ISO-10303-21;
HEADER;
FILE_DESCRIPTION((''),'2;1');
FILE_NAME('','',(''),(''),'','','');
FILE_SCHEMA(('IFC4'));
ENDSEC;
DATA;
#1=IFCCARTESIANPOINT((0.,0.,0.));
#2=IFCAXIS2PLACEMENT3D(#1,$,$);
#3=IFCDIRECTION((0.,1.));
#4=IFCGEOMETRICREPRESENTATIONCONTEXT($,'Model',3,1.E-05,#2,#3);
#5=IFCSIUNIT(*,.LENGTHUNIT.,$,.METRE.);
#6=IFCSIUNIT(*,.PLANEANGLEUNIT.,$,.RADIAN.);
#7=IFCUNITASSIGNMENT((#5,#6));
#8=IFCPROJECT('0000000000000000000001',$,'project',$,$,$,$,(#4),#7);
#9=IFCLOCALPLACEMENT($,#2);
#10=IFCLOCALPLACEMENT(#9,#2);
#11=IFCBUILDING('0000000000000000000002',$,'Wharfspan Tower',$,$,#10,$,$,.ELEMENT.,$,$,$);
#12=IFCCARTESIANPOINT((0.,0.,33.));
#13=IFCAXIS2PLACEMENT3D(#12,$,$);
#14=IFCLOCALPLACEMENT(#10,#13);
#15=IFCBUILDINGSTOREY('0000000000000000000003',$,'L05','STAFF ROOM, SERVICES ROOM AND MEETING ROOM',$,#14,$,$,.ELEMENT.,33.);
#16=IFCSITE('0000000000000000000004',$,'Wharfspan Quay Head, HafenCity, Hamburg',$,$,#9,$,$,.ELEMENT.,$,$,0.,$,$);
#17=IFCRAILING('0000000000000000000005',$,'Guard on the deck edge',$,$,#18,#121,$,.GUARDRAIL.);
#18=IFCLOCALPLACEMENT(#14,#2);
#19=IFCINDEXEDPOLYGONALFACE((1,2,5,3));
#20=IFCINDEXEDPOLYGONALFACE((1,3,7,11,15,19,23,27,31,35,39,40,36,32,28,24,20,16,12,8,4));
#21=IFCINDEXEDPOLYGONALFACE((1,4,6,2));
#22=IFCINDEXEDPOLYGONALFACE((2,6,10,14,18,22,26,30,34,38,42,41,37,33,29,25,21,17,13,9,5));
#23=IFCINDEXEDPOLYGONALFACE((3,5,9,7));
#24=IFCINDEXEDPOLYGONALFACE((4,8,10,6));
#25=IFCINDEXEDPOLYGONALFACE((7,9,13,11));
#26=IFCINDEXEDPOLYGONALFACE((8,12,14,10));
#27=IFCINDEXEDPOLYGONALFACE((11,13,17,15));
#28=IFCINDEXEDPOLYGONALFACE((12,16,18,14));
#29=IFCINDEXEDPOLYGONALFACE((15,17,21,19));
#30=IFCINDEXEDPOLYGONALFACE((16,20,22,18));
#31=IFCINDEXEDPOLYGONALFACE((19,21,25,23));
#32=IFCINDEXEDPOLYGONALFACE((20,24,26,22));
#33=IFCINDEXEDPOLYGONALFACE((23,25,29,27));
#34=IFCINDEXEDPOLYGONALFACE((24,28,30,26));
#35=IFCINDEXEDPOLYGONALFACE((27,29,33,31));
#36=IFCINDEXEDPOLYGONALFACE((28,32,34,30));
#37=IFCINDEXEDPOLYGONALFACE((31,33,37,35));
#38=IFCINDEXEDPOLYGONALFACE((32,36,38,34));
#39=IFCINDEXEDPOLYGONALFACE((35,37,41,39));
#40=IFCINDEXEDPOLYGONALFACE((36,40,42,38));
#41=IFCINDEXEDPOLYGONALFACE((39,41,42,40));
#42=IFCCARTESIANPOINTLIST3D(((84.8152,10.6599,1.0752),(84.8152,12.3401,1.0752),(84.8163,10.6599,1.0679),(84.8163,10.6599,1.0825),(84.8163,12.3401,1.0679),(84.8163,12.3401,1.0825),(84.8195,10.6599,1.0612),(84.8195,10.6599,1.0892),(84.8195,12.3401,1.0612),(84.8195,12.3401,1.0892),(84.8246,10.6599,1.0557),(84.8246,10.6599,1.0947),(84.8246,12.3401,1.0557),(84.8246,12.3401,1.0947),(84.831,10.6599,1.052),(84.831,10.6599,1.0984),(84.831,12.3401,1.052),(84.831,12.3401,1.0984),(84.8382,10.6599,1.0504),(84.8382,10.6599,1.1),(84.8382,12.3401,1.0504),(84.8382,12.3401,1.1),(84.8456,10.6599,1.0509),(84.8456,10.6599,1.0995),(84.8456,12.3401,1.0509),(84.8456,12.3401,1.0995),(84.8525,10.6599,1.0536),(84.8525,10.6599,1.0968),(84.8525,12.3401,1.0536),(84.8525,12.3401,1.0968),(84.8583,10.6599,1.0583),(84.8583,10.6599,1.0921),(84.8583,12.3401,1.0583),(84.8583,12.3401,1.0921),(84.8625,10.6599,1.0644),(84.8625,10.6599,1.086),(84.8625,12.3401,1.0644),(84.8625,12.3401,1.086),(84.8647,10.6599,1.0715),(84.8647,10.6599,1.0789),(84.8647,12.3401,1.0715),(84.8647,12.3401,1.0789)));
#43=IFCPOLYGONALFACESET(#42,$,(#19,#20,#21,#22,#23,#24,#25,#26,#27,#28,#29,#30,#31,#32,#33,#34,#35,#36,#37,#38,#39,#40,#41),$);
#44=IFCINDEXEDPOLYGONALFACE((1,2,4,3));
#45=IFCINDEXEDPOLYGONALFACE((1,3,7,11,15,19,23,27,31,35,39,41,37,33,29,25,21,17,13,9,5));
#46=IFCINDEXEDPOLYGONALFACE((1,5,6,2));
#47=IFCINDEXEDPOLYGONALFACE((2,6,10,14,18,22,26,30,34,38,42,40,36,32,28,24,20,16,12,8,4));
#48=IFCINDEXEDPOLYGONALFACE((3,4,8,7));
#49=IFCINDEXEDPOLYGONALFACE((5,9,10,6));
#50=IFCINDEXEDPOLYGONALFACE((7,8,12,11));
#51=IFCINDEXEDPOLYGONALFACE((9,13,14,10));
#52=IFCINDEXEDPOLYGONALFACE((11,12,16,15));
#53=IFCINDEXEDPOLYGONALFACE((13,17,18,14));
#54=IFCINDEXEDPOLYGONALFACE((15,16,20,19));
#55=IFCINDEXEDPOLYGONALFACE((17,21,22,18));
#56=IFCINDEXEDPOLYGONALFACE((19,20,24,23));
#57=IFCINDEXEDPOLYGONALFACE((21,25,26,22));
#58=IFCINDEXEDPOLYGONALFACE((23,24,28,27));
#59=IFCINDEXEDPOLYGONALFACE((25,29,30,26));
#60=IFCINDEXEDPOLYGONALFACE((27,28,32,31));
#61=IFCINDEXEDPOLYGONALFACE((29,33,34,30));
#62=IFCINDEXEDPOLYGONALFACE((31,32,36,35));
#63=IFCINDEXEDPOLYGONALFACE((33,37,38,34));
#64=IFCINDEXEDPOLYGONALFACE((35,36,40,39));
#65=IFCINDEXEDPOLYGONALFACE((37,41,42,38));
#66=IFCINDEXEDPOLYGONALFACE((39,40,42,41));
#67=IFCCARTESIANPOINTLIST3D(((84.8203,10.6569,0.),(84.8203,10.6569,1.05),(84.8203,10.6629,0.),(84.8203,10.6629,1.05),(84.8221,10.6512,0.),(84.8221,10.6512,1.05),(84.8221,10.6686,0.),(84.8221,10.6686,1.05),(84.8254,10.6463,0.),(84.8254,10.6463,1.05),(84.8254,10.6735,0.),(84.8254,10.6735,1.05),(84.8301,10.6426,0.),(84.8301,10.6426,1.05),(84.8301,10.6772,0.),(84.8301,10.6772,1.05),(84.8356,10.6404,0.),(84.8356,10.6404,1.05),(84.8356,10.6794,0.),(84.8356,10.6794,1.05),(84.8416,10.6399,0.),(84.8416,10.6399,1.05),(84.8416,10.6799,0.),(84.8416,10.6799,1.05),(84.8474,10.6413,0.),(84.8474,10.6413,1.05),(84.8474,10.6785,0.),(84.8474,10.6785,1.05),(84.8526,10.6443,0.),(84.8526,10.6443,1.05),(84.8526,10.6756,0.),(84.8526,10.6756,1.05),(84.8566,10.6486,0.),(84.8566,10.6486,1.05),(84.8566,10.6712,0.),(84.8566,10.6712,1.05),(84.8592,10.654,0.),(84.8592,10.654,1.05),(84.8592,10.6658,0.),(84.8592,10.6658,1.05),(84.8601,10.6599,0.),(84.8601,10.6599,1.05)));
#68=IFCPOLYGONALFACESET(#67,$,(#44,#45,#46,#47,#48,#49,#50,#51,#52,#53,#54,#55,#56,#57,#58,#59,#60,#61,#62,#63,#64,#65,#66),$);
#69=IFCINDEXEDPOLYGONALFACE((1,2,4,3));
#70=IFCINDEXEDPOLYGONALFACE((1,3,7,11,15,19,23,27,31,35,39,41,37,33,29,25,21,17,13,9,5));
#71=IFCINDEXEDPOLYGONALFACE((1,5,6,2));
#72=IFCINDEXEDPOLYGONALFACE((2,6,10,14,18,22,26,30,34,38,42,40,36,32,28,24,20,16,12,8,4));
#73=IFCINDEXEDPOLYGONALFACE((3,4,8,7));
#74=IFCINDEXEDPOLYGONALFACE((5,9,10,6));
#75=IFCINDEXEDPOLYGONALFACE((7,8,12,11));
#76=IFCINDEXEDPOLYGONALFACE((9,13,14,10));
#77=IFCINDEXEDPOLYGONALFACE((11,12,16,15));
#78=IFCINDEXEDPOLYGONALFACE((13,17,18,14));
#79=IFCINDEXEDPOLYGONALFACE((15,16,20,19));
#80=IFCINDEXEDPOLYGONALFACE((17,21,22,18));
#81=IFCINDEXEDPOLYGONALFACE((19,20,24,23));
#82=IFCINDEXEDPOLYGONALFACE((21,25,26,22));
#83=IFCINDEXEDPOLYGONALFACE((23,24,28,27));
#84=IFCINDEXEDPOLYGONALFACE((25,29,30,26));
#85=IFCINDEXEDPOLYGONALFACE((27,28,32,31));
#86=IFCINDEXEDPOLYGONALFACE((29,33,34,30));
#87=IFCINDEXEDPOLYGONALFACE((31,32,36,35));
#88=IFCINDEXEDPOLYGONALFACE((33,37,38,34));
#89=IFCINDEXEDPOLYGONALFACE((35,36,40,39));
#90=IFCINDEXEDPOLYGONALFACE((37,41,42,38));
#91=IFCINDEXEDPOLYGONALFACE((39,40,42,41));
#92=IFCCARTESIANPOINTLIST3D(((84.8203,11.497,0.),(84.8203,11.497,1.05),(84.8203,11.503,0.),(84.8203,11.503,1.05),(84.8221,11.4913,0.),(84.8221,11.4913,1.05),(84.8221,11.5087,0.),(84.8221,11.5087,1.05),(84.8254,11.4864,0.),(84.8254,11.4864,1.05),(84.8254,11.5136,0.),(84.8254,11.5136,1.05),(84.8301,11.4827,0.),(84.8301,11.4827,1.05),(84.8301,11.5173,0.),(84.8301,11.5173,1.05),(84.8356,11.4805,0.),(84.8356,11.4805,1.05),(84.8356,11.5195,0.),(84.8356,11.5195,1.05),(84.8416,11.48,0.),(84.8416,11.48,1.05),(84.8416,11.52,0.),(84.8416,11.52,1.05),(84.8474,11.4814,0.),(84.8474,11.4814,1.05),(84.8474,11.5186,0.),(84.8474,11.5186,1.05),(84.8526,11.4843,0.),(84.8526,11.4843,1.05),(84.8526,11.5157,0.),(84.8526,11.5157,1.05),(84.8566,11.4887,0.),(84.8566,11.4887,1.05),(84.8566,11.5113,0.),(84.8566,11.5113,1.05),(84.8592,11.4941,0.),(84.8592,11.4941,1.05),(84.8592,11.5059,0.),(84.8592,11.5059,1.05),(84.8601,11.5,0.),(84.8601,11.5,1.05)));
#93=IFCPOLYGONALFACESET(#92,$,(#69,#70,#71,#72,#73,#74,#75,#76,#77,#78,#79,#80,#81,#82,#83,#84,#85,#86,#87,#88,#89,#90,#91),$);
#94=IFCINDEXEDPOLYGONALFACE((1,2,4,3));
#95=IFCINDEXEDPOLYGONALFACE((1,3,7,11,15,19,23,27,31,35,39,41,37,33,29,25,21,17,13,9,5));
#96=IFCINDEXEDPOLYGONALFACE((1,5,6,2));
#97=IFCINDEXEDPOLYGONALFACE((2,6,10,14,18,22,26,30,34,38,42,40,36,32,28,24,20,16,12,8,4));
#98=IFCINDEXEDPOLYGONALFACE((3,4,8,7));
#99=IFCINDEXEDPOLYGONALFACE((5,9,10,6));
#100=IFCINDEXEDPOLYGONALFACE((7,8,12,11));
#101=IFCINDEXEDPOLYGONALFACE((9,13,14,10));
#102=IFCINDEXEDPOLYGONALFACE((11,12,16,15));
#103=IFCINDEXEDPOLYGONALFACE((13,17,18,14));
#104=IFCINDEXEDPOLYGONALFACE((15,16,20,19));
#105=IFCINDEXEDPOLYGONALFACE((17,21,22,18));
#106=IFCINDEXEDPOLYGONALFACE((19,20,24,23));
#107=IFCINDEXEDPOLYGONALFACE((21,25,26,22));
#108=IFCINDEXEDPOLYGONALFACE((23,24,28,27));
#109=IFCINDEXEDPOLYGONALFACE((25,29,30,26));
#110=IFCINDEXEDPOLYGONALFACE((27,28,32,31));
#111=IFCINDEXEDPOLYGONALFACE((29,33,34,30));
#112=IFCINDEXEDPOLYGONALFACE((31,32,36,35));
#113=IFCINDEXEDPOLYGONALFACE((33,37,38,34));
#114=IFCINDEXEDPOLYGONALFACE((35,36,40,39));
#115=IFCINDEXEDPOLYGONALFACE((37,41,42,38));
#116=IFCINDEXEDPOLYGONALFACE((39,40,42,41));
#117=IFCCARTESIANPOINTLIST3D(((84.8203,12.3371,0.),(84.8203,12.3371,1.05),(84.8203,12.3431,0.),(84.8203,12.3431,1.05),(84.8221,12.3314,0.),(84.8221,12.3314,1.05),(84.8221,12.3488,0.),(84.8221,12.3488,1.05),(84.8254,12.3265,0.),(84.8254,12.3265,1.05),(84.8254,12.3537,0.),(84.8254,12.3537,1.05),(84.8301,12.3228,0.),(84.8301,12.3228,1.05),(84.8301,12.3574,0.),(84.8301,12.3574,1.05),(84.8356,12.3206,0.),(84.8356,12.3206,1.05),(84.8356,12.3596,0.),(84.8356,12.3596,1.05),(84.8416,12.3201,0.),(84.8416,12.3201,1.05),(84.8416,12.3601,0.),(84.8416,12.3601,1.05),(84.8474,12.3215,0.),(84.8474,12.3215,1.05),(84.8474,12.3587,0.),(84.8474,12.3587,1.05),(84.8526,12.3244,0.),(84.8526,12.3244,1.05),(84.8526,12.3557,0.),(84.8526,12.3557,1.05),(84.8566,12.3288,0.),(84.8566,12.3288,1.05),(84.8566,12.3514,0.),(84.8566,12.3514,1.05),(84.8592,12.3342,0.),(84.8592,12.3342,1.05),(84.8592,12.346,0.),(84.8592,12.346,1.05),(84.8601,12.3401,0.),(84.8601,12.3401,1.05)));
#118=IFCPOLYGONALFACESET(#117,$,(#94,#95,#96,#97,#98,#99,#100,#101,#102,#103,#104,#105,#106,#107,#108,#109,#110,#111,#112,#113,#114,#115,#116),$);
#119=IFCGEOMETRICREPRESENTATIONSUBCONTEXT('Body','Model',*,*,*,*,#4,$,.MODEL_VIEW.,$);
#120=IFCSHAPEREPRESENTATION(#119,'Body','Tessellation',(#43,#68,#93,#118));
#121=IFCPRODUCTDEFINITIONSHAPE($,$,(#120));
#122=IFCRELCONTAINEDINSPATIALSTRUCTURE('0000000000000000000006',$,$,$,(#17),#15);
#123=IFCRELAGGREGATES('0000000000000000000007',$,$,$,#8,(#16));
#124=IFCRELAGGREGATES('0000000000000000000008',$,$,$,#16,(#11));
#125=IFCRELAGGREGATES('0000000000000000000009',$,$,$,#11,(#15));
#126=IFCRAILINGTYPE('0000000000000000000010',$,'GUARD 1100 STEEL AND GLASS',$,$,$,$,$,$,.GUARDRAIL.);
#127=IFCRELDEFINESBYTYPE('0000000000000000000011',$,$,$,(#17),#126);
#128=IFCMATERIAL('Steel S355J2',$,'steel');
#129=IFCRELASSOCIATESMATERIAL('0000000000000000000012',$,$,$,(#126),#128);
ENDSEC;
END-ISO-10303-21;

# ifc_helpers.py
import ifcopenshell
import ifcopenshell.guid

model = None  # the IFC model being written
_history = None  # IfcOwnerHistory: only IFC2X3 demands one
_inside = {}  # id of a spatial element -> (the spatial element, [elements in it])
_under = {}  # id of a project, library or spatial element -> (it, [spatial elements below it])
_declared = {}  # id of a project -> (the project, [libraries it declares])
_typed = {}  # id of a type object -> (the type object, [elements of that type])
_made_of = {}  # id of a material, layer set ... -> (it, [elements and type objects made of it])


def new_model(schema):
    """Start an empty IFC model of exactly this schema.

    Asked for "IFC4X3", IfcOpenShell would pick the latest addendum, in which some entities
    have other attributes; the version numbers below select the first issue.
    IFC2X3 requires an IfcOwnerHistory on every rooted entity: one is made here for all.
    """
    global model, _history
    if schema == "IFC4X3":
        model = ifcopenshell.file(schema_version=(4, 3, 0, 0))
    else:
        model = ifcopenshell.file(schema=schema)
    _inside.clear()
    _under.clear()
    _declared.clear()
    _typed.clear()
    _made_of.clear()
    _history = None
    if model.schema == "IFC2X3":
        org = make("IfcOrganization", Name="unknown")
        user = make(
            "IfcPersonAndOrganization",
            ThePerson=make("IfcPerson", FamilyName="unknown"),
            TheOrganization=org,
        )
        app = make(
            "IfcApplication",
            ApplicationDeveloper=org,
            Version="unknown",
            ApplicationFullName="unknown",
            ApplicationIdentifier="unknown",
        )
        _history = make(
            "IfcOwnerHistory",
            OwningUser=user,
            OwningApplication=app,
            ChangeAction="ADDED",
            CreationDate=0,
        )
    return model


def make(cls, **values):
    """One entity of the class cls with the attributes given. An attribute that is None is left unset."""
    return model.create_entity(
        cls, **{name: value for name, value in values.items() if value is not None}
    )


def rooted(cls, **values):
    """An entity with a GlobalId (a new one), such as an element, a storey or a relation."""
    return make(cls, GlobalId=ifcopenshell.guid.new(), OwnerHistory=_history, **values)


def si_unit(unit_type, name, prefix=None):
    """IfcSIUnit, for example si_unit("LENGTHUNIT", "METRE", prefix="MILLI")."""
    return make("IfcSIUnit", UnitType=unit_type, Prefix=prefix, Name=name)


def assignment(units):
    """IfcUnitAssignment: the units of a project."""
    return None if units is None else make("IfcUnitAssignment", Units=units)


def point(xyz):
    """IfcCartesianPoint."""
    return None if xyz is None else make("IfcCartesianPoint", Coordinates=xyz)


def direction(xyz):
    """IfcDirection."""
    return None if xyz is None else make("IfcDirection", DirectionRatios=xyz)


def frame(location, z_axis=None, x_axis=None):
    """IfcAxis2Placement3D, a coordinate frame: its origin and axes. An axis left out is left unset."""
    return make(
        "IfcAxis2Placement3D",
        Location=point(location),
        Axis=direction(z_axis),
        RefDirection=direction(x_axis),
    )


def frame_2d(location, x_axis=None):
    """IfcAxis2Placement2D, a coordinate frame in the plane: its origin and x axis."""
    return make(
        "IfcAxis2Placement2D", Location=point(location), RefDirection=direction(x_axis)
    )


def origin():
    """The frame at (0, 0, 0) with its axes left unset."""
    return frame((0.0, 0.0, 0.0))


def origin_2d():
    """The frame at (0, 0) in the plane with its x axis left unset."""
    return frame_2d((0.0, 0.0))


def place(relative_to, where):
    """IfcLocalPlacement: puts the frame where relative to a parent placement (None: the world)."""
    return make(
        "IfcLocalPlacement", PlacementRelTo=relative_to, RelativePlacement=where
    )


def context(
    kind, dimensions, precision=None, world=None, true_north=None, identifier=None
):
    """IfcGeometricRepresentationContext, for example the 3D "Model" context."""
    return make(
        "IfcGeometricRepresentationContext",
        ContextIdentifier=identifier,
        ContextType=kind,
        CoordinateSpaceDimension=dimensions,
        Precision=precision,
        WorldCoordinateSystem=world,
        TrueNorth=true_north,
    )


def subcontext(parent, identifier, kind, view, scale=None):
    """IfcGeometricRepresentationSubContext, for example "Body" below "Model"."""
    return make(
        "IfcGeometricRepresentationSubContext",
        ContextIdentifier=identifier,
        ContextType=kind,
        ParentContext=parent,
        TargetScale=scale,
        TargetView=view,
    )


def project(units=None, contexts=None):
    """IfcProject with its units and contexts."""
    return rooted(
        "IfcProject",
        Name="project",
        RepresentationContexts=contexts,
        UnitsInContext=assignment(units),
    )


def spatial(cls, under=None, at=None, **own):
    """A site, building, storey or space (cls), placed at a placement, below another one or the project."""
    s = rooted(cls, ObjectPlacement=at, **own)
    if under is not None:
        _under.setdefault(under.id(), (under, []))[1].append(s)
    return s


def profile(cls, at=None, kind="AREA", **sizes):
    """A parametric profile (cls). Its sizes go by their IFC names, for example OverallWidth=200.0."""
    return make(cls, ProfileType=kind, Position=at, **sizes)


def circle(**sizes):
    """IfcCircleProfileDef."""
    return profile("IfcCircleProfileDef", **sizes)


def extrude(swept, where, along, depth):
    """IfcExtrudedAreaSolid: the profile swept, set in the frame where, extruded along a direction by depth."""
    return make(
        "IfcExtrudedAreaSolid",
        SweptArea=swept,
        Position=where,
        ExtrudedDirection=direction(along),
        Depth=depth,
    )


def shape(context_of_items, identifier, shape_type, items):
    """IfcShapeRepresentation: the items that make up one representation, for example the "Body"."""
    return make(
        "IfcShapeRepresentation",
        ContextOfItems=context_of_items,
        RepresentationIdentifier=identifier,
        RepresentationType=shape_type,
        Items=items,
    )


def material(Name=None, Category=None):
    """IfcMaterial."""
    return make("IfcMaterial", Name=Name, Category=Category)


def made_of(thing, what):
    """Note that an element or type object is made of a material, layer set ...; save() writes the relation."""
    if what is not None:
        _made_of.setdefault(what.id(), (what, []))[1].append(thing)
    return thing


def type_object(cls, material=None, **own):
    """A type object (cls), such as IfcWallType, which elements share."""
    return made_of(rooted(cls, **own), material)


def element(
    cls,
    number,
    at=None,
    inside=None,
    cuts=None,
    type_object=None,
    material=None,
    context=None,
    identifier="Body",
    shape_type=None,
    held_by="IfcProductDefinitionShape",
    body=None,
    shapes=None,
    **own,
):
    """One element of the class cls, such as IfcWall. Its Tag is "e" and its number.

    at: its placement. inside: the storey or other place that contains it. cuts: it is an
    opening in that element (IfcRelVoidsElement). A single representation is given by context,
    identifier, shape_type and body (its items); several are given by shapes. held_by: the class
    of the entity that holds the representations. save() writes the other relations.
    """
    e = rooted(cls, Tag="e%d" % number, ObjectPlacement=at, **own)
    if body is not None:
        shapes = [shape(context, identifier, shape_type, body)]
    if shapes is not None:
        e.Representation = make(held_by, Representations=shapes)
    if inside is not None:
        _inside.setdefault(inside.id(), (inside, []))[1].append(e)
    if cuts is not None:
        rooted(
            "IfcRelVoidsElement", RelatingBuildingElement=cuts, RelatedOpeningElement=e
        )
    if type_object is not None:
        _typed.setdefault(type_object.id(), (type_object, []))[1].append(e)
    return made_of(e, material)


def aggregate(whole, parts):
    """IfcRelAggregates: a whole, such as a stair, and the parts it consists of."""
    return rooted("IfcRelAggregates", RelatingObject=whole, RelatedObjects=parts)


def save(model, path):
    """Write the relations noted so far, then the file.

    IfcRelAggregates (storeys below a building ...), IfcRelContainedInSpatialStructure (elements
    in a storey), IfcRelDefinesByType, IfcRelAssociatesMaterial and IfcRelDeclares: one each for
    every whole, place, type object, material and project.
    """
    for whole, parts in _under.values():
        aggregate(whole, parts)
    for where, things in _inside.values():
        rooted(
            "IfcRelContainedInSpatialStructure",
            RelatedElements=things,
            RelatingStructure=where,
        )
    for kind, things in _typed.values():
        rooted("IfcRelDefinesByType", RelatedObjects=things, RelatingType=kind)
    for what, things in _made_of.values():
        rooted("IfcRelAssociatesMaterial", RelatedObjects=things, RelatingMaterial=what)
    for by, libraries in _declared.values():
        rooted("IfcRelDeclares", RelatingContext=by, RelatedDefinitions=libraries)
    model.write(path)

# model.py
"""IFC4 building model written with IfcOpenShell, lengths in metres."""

from ifc_helpers import new_model, si_unit, direction, frame, origin, origin_2d, place, context, subcontext, project, spatial, circle, extrude, material, type_object, element, save


model = new_model("IFC4")

# Units and contexts
model_context = context("Model", 3, precision=1e-05, world=origin(), true_north=direction((0.0, 1.0)))
body_context = subcontext(model_context, "Body", "Model", "MODEL_VIEW")
ifc_project = project(units=[si_unit("LENGTHUNIT", "METRE"), si_unit("PLANEANGLEUNIT", "RADIAN")], contexts=[model_context])

# Site, building, storey
site_placement = place(None, origin())
site = spatial("IfcSite", under=ifc_project, at=site_placement, Name="Wharfspan Quay Head, HafenCity, Hamburg", CompositionType="ELEMENT", RefElevation=0.0)
building_placement = place(site_placement, origin())
building = spatial("IfcBuilding", under=site, at=building_placement, Name="Wharfspan Tower", CompositionType="ELEMENT")
storey_placement = place(building_placement, frame((0.0, 0.0, 33.0)))
storey = spatial("IfcBuildingStorey", under=building, at=storey_placement, Name="L05", Description="STAFF ROOM, SERVICES ROOM AND MEETING ROOM", CompositionType="ELEMENT", Elevation=33.0)

# Railing
ifc_material_1 = material(Name="Steel S355J2", Category="steel")
railing_type = type_object("IfcRailingType", Name="GUARD 1100 STEEL AND GLASS", PredefinedType="GUARDRAIL", material=ifc_material_1)
railing_1_placement = place(storey_placement, frame((84.8401, 10.6599, 0.0)))
element("IfcRailing", 1, at=railing_1_placement, inside=storey, type_object=railing_type, Name="Guard on the deck edge", PredefinedType="GUARDRAIL", context=body_context, shape_type="SweptSolid", body=[
    extrude(circle(Radius=0.0249, at=origin_2d()), frame((0.0, 0.0, 1.0752), z_axis=(0.0, 1.0, 0.0), x_axis=(-1.0, 0.0, 0.0)), (0.0, 0.0, 1.0), 1.6802),
    extrude(circle(Radius=0.02, at=origin_2d()), origin(), (0.0, 0.0, 1.0), 1.05),
    extrude(circle(Radius=0.02, at=origin_2d()), frame((0.0, 0.8401, 0.0)), (0.0, 0.0, 1.0), 1.05),
    extrude(circle(Radius=0.02, at=origin_2d()), frame((0.0, 1.6802, 0.0)), (0.0, 0.0, 1.0), 1.05),
])

save(model, "model.ifc")
